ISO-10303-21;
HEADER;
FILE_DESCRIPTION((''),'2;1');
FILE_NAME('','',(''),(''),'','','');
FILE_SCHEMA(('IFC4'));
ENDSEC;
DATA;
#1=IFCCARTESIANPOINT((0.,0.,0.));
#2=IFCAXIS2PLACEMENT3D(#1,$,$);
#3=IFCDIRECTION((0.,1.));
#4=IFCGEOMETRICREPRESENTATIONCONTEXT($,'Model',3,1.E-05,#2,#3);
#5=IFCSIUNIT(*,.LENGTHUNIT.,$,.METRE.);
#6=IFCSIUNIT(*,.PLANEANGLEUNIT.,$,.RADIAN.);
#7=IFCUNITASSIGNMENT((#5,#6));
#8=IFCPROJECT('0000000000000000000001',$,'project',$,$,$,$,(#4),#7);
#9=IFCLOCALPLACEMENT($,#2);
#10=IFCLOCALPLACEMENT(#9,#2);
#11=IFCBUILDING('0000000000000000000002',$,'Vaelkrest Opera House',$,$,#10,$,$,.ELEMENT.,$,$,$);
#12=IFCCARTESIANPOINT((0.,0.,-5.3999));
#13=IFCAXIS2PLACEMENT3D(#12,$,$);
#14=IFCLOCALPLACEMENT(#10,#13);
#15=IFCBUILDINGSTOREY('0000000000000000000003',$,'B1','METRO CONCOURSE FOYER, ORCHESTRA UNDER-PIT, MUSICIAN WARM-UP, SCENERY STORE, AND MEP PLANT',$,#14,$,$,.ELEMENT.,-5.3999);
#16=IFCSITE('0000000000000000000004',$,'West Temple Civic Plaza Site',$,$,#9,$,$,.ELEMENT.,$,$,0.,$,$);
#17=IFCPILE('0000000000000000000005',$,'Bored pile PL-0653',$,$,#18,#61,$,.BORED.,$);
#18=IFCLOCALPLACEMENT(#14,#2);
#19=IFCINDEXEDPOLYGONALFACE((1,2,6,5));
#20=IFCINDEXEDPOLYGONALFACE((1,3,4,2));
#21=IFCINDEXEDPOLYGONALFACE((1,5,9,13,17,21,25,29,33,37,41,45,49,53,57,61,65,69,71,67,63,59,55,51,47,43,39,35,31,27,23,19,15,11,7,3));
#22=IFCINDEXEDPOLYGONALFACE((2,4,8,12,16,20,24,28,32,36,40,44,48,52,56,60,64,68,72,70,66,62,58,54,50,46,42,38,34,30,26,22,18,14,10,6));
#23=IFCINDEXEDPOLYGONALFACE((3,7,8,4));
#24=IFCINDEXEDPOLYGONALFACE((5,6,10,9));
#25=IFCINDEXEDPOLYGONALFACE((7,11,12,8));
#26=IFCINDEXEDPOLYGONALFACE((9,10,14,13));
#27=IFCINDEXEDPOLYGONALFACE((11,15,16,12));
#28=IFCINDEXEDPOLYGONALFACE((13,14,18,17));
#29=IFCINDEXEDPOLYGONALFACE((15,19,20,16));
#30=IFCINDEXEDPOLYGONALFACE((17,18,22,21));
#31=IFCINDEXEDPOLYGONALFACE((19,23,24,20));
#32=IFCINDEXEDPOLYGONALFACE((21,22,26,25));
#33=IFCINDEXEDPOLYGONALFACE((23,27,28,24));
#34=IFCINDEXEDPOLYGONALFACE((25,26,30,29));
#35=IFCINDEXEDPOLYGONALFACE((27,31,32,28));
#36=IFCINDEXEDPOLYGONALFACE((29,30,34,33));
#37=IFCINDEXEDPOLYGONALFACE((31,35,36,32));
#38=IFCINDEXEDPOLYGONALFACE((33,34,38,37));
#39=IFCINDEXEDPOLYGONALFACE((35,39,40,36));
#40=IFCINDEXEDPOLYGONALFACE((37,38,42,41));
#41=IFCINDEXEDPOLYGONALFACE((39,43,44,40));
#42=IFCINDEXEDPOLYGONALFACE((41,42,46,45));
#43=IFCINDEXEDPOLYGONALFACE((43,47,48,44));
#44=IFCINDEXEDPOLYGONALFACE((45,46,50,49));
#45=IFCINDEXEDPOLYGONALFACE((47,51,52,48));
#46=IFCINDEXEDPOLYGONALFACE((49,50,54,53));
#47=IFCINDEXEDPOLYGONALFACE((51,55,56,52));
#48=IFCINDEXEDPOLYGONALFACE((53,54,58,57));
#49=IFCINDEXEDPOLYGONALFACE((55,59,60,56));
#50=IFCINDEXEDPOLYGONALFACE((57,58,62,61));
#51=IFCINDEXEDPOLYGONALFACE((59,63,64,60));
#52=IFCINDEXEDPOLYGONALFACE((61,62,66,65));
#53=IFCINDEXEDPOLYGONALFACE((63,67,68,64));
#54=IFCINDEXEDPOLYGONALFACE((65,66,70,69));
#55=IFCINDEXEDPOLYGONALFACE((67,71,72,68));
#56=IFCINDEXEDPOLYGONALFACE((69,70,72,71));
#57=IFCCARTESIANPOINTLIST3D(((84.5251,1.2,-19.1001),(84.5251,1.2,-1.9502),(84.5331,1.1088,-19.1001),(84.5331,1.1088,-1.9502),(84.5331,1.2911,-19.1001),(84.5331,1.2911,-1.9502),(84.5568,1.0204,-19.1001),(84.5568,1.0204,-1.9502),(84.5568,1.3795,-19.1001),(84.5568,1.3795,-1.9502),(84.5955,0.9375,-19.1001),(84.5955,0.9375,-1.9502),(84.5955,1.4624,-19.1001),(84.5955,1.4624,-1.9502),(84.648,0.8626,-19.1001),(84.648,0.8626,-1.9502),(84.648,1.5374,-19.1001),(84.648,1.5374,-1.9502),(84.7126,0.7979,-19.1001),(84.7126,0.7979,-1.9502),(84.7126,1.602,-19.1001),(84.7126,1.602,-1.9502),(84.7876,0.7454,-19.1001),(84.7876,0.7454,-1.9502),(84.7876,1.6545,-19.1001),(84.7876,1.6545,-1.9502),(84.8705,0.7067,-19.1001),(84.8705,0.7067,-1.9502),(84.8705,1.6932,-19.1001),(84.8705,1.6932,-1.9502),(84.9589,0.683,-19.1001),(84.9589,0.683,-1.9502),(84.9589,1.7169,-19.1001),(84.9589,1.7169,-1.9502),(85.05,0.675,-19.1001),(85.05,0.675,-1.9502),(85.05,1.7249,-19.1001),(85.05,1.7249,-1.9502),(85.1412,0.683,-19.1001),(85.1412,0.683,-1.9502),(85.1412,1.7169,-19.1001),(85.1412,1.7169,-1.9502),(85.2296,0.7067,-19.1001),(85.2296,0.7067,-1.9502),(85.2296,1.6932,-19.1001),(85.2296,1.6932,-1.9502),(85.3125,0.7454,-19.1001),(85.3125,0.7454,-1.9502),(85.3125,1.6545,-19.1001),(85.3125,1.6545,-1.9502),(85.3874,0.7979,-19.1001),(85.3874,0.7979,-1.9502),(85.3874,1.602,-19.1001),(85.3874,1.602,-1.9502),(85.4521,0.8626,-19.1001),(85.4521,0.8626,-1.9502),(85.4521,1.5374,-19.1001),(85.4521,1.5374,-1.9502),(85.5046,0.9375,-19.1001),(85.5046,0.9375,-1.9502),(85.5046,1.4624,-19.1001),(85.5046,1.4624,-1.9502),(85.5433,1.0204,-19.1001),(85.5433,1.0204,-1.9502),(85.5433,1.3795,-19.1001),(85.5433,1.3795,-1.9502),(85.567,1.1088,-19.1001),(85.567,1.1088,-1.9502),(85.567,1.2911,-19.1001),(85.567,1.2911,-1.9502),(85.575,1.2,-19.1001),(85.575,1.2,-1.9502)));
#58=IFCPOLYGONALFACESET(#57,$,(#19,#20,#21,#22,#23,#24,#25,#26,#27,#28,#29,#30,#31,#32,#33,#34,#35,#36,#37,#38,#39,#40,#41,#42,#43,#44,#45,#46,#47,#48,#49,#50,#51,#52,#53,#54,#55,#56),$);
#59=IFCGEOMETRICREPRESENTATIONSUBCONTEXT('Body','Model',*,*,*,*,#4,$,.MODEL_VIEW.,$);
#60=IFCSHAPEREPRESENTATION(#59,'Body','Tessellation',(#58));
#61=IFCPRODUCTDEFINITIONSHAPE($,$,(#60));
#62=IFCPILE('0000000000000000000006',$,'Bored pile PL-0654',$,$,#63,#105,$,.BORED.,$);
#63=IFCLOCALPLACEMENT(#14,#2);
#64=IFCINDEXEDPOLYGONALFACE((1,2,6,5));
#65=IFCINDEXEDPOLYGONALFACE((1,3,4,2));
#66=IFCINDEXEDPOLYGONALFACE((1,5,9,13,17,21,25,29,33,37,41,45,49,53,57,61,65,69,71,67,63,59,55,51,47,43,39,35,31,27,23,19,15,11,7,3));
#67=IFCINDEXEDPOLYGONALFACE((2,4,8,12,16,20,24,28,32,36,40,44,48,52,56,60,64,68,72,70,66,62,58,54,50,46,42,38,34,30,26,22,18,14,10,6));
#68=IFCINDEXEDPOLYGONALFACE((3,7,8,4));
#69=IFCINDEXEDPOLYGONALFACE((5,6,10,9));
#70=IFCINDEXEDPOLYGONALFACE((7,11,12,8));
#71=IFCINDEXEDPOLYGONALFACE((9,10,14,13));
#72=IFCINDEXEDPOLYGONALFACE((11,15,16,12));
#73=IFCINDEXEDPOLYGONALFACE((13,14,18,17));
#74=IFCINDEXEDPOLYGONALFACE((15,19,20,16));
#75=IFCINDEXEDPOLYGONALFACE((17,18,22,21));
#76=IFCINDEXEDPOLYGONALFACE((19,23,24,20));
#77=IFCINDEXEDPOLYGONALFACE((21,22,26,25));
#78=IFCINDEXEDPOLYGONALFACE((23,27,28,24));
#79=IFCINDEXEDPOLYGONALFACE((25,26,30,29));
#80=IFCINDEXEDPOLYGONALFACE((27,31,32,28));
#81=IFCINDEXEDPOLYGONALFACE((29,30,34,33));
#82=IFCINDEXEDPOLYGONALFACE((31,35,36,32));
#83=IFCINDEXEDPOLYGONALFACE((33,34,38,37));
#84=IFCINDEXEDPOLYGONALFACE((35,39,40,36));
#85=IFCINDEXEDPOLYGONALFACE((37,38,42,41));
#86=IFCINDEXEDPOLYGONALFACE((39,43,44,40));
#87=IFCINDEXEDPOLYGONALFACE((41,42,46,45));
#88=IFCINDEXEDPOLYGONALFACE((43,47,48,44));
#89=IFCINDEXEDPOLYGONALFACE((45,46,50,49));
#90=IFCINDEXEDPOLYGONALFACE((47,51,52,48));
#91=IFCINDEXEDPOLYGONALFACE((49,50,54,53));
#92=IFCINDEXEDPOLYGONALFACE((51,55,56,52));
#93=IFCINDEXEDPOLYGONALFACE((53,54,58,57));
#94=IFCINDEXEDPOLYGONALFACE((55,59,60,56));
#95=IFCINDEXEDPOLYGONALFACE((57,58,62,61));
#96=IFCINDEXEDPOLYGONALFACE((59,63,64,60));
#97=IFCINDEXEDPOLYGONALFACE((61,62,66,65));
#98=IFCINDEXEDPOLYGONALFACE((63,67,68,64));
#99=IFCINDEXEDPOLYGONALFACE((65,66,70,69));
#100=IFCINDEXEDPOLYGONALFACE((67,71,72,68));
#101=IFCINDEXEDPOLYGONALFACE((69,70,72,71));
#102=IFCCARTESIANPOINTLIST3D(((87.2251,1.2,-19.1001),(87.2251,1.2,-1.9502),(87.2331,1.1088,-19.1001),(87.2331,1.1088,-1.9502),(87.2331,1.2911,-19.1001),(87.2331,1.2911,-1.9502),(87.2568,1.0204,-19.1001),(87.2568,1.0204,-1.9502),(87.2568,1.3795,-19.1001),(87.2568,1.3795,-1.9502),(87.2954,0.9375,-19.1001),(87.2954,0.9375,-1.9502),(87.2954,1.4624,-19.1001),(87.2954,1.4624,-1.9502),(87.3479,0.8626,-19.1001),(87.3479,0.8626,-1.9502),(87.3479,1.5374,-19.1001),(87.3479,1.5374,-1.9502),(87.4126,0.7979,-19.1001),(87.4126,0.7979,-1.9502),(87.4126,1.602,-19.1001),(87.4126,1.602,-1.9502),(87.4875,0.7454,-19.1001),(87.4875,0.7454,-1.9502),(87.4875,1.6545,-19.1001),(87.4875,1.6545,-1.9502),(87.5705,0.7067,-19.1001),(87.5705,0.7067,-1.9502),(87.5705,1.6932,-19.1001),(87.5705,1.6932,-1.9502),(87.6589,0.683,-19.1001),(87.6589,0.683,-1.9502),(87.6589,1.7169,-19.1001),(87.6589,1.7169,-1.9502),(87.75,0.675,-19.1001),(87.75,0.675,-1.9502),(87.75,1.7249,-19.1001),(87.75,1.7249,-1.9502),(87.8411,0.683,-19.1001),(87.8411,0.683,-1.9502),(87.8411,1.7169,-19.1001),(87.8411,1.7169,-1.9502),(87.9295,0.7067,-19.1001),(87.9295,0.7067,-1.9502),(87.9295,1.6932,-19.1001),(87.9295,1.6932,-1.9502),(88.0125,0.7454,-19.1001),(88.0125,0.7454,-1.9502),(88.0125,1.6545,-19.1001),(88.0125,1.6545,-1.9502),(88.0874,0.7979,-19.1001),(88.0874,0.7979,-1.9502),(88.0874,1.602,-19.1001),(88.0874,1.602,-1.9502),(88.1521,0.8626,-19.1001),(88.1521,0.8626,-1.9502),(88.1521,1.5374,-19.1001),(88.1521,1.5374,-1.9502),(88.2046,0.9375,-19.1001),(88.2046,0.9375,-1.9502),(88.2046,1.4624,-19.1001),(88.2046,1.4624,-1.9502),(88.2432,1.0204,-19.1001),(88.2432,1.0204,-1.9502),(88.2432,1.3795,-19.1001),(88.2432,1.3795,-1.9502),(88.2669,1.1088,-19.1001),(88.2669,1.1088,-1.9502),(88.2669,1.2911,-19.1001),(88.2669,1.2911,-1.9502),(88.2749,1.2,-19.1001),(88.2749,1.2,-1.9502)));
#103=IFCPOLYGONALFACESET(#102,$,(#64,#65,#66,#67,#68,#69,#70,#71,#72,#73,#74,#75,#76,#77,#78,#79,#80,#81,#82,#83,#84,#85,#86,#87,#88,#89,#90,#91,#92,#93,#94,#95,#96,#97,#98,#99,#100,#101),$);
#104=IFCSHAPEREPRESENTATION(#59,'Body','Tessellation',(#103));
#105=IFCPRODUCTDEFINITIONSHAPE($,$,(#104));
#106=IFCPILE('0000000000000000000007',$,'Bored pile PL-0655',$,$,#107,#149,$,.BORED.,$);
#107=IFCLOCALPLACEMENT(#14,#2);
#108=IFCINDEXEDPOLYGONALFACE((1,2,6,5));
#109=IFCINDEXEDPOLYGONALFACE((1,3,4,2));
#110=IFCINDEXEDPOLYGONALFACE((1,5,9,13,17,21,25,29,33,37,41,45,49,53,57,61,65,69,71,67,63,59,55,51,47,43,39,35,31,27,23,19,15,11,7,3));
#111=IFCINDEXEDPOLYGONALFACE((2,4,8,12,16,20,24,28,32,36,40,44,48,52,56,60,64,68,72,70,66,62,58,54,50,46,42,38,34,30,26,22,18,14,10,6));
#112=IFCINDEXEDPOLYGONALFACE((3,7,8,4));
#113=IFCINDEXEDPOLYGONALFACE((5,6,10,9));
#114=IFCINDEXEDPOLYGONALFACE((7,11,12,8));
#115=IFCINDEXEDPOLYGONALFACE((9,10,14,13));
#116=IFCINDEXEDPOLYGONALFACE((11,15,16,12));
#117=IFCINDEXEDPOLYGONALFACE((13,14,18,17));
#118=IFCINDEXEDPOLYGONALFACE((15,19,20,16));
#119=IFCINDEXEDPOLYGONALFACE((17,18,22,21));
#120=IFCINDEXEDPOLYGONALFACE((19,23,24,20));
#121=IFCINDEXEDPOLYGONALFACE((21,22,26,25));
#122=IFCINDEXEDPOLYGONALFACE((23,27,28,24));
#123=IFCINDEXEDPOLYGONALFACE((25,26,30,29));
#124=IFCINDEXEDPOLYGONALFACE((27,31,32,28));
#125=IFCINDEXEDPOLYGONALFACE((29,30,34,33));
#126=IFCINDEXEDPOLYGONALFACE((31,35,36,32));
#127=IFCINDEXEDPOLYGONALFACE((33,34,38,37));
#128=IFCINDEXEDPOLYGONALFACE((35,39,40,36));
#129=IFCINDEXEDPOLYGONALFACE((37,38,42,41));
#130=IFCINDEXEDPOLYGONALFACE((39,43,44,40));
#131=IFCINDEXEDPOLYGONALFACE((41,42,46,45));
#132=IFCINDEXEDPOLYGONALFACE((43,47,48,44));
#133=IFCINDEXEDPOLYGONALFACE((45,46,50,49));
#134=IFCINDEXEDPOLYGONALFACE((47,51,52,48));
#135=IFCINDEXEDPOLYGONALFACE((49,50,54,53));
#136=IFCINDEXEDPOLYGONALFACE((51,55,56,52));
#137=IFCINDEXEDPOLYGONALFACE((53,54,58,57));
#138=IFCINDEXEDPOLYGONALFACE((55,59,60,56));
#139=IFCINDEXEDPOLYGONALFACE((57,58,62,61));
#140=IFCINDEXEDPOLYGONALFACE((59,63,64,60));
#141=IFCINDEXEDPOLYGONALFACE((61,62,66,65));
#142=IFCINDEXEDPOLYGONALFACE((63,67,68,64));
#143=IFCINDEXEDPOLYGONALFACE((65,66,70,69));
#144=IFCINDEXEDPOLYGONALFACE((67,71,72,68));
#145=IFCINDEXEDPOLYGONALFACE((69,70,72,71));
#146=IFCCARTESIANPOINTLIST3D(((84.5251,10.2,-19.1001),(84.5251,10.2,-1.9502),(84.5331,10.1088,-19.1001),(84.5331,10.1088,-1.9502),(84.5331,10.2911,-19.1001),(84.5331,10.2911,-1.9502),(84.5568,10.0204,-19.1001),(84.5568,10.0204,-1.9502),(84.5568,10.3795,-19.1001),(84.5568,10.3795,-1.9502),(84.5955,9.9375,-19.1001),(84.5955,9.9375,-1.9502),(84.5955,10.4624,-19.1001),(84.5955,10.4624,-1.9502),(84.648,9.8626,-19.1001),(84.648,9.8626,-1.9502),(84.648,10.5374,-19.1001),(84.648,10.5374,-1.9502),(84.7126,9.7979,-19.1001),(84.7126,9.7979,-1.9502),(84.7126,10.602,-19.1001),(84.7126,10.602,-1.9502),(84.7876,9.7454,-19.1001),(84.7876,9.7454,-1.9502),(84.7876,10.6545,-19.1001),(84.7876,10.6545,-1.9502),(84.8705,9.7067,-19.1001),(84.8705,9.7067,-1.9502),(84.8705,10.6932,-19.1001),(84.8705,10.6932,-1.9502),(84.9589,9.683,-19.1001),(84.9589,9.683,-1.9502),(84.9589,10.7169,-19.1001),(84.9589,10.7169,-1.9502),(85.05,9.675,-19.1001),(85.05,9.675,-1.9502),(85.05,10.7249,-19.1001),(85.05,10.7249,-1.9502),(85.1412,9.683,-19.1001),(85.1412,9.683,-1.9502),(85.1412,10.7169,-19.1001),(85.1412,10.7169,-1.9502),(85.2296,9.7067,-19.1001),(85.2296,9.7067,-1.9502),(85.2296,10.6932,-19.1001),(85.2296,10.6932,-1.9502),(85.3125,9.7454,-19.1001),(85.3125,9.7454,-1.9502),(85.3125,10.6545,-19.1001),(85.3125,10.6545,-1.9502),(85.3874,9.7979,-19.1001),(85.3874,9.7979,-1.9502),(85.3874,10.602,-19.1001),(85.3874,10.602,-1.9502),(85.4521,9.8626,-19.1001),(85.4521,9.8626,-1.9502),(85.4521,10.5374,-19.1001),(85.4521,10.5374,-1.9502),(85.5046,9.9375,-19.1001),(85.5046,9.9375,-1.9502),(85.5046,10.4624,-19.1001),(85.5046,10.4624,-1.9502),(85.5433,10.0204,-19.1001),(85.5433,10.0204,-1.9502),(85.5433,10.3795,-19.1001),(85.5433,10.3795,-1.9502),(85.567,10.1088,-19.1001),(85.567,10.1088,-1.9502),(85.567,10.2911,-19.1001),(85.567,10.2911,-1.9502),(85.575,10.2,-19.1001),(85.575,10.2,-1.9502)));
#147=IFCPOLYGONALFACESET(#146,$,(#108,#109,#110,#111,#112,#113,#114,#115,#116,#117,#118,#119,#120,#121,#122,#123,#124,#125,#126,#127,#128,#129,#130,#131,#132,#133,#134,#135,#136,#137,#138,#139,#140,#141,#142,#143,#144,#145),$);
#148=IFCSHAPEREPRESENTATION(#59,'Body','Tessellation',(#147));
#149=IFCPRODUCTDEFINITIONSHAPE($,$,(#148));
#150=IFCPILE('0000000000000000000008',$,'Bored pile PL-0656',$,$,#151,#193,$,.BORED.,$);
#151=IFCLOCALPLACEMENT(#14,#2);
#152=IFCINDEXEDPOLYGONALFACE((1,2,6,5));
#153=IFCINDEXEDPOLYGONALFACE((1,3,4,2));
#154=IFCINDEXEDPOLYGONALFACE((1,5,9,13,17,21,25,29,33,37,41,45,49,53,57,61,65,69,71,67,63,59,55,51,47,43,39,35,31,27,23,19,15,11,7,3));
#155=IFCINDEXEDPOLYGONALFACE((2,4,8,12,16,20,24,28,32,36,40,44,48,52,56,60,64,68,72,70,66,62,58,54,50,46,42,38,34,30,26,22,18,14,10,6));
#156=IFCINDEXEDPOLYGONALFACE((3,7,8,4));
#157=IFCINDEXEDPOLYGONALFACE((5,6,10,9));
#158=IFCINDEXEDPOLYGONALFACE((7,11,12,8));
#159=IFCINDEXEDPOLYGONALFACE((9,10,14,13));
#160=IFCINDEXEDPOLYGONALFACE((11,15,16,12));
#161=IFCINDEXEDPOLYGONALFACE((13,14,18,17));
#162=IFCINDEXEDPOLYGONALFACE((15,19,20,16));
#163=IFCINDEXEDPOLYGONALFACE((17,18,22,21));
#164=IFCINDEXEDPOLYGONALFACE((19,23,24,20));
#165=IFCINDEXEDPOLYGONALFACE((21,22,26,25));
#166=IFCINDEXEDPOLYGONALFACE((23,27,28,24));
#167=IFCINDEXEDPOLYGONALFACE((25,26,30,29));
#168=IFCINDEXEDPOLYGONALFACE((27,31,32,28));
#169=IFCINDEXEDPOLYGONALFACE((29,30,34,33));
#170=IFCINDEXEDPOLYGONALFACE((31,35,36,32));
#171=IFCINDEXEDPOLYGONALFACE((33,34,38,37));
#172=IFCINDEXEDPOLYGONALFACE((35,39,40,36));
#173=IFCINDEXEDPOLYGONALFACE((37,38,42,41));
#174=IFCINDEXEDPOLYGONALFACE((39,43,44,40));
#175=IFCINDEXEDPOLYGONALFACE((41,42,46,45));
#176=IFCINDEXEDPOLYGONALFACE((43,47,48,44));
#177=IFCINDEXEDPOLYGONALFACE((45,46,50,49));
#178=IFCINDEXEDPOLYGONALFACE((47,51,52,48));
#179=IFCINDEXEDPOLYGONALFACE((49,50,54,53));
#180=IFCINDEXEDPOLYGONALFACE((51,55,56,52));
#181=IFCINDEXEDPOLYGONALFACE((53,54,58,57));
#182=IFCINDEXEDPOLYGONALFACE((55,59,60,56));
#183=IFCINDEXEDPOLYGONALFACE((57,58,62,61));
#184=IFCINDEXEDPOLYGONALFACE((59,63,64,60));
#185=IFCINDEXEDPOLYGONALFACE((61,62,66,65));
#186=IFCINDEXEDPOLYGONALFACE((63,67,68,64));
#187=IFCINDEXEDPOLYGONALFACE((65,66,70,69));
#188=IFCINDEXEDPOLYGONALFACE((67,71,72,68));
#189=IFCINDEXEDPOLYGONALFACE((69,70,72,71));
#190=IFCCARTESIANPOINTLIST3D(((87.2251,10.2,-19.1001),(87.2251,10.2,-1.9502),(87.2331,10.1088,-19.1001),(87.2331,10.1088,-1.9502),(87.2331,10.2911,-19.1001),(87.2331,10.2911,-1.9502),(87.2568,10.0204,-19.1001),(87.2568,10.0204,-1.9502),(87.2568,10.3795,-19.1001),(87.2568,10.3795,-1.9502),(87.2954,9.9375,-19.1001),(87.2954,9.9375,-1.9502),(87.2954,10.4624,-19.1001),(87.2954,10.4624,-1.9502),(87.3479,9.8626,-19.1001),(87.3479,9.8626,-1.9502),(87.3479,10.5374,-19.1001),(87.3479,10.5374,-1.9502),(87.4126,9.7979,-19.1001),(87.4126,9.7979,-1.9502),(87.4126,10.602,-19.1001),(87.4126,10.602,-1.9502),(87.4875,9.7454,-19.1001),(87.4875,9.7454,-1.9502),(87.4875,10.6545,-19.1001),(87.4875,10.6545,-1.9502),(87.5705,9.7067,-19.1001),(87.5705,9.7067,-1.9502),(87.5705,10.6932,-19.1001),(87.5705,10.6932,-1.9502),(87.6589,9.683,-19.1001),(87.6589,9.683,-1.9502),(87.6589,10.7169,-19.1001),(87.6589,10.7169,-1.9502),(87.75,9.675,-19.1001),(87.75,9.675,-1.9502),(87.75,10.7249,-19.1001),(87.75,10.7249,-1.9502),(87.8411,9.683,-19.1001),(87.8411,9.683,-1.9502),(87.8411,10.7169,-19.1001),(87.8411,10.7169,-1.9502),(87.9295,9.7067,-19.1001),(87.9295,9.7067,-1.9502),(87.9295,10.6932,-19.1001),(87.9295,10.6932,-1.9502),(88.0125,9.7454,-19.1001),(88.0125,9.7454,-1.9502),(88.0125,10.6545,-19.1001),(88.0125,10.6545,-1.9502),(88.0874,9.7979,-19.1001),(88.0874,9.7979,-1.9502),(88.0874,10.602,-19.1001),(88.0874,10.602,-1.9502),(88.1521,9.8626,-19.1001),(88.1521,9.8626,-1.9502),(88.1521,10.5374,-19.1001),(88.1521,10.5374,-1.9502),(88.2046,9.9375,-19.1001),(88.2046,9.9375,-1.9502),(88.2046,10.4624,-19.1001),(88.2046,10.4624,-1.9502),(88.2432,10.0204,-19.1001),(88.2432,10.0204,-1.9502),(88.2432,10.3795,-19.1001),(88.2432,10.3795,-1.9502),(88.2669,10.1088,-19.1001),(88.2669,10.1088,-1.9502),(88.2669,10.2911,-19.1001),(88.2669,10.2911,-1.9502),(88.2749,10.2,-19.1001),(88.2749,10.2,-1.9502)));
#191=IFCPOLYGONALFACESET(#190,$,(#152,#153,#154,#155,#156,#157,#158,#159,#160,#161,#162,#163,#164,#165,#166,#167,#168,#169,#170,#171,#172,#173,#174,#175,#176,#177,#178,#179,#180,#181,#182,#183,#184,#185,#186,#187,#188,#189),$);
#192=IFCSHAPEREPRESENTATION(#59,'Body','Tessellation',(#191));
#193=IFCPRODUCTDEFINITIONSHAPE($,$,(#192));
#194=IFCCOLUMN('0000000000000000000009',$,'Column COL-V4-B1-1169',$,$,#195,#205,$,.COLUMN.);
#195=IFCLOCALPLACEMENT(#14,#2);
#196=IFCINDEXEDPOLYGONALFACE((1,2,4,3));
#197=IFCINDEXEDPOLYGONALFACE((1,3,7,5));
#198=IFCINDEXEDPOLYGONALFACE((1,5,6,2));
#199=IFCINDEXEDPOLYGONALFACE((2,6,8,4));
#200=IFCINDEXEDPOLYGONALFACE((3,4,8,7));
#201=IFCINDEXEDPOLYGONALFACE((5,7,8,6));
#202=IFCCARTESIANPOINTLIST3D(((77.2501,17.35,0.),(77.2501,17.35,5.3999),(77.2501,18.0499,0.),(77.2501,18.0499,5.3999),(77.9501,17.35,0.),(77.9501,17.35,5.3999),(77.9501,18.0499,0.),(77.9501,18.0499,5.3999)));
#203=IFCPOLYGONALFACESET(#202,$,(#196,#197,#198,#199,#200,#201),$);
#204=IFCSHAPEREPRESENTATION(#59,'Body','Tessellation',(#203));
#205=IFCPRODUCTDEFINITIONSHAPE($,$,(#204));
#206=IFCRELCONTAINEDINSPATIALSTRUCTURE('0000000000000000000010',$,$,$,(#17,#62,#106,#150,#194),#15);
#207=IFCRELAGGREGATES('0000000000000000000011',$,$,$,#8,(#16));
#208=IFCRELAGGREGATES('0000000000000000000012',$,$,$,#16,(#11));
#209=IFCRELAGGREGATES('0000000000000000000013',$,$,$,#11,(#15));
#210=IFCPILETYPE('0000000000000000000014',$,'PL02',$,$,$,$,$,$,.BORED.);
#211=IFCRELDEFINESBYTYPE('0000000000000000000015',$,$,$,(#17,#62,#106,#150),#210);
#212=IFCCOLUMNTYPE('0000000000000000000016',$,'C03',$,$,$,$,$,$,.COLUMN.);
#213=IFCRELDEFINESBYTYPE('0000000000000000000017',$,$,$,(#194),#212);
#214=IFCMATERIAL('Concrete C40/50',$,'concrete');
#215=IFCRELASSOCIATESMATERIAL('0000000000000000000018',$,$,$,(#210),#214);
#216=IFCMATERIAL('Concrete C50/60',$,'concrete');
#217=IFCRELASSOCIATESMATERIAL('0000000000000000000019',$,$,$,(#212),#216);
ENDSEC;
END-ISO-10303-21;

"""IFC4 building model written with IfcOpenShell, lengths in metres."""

from ifc_helpers import new_model, si_unit, direction, frame, origin, origin_2d, place, context, subcontext, project, spatial, rectangle, circle, extrude, material, material_profile, profile_set, type_object, element, save


model = new_model("IFC4")

# Units and contexts
model_context = context("Model", 3, precision=1e-05, world=origin(), true_north=direction((0.0, 1.0)))
body_context = subcontext(model_context, "Body", "Model", "MODEL_VIEW")
ifc_project = project(units=[si_unit("LENGTHUNIT", "METRE"), si_unit("PLANEANGLEUNIT", "RADIAN")], contexts=[model_context])

# Site, building, storey
site_placement = place(None, origin())
site = spatial("IfcSite", under=ifc_project, at=site_placement, Name="West Temple Civic Plaza Site", CompositionType="ELEMENT", RefElevation=0.0)
building_placement = place(site_placement, origin())
building = spatial("IfcBuilding", under=site, at=building_placement, Name="Vaelkrest Opera House", CompositionType="ELEMENT")
storey_placement = place(building_placement, frame((0.0, 0.0, -5.3999)))
storey = spatial("IfcBuildingStorey", under=building, at=storey_placement, Name="B1", Description="METRO CONCOURSE FOYER, ORCHESTRA UNDER-PIT, MUSICIAN WARM-UP, SCENERY STORE, AND MEP PLANT", CompositionType="ELEMENT", Elevation=-5.3999)

# Shared definitions
ifc_material_1 = material(Name="Concrete C40/50", Category="concrete")

# Piles
ifc_material_profile_1 = material_profile(ifc_material_1, circle(Radius=0.5249, at=origin_2d()), Name="PILE1050")
ifc_profile_set_1 = profile_set([ifc_material_profile_1], Name="Concrete C40/50")
pile_type = type_object("IfcPileType", Name="PL02", PredefinedType="BORED", material=ifc_profile_set_1)
for number, where, z_axis, x_axis, name in (
    (1, (85.05, 1.2, -1.9502), (0.0, 0.0, -1.0), (1.0, 0.0, 0.0), "Bored pile PL-0653"),
    (2, (87.75, 1.2, -1.9502), (0.0, 0.0, -1.0), (1.0, 0.0, 0.0), "Bored pile PL-0654"),
    (3, (85.05, 10.2, -1.9502), (0.0, 0.0, -1.0), (1.0, 0.0, 0.0), "Bored pile PL-0655"),
    (4, (87.75, 10.2, -1.9502), (0.0, 0.0, -1.0), (1.0, 0.0, 0.0), "Bored pile PL-0656"),
):
    element("IfcPile", number, at=place(storey_placement, frame(where, z_axis=z_axis, x_axis=x_axis)), inside=storey, type_object=pile_type, Name=name, PredefinedType="BORED", context=body_context, shape_type="SweptSolid", body=[
        extrude(circle(Radius=0.5249, at=origin_2d()), origin(), (0.0, 0.0, 1.0), 17.1499),
    ])

# Column
ifc_material_2 = material(Name="Concrete C50/60", Category="concrete")
ifc_material_profile_2 = material_profile(ifc_material_2, rectangle(XDim=0.7, YDim=0.7, at=origin_2d()), Name="RC700X700")
ifc_profile_set_2 = profile_set([ifc_material_profile_2], Name="Concrete C50/60")
column_type_1 = type_object("IfcColumnType", Name="C03", PredefinedType="COLUMN", material=ifc_profile_set_2)
column_placement = place(storey_placement, frame((77.6001, 17.7, 0.0), z_axis=(0.0, 0.0, 1.0), x_axis=(1.0, 0.0, 0.0)))
element("IfcColumn", 5, at=column_placement, inside=storey, type_object=column_type_1, Name="Column COL-V4-B1-1169", PredefinedType="COLUMN", context=body_context, shape_type="SweptSolid", body=[
    extrude(rectangle(XDim=0.7, YDim=0.7, at=origin_2d()), origin(), (0.0, 0.0, 1.0), 5.3999),
])

save(model, "model.ifc")
